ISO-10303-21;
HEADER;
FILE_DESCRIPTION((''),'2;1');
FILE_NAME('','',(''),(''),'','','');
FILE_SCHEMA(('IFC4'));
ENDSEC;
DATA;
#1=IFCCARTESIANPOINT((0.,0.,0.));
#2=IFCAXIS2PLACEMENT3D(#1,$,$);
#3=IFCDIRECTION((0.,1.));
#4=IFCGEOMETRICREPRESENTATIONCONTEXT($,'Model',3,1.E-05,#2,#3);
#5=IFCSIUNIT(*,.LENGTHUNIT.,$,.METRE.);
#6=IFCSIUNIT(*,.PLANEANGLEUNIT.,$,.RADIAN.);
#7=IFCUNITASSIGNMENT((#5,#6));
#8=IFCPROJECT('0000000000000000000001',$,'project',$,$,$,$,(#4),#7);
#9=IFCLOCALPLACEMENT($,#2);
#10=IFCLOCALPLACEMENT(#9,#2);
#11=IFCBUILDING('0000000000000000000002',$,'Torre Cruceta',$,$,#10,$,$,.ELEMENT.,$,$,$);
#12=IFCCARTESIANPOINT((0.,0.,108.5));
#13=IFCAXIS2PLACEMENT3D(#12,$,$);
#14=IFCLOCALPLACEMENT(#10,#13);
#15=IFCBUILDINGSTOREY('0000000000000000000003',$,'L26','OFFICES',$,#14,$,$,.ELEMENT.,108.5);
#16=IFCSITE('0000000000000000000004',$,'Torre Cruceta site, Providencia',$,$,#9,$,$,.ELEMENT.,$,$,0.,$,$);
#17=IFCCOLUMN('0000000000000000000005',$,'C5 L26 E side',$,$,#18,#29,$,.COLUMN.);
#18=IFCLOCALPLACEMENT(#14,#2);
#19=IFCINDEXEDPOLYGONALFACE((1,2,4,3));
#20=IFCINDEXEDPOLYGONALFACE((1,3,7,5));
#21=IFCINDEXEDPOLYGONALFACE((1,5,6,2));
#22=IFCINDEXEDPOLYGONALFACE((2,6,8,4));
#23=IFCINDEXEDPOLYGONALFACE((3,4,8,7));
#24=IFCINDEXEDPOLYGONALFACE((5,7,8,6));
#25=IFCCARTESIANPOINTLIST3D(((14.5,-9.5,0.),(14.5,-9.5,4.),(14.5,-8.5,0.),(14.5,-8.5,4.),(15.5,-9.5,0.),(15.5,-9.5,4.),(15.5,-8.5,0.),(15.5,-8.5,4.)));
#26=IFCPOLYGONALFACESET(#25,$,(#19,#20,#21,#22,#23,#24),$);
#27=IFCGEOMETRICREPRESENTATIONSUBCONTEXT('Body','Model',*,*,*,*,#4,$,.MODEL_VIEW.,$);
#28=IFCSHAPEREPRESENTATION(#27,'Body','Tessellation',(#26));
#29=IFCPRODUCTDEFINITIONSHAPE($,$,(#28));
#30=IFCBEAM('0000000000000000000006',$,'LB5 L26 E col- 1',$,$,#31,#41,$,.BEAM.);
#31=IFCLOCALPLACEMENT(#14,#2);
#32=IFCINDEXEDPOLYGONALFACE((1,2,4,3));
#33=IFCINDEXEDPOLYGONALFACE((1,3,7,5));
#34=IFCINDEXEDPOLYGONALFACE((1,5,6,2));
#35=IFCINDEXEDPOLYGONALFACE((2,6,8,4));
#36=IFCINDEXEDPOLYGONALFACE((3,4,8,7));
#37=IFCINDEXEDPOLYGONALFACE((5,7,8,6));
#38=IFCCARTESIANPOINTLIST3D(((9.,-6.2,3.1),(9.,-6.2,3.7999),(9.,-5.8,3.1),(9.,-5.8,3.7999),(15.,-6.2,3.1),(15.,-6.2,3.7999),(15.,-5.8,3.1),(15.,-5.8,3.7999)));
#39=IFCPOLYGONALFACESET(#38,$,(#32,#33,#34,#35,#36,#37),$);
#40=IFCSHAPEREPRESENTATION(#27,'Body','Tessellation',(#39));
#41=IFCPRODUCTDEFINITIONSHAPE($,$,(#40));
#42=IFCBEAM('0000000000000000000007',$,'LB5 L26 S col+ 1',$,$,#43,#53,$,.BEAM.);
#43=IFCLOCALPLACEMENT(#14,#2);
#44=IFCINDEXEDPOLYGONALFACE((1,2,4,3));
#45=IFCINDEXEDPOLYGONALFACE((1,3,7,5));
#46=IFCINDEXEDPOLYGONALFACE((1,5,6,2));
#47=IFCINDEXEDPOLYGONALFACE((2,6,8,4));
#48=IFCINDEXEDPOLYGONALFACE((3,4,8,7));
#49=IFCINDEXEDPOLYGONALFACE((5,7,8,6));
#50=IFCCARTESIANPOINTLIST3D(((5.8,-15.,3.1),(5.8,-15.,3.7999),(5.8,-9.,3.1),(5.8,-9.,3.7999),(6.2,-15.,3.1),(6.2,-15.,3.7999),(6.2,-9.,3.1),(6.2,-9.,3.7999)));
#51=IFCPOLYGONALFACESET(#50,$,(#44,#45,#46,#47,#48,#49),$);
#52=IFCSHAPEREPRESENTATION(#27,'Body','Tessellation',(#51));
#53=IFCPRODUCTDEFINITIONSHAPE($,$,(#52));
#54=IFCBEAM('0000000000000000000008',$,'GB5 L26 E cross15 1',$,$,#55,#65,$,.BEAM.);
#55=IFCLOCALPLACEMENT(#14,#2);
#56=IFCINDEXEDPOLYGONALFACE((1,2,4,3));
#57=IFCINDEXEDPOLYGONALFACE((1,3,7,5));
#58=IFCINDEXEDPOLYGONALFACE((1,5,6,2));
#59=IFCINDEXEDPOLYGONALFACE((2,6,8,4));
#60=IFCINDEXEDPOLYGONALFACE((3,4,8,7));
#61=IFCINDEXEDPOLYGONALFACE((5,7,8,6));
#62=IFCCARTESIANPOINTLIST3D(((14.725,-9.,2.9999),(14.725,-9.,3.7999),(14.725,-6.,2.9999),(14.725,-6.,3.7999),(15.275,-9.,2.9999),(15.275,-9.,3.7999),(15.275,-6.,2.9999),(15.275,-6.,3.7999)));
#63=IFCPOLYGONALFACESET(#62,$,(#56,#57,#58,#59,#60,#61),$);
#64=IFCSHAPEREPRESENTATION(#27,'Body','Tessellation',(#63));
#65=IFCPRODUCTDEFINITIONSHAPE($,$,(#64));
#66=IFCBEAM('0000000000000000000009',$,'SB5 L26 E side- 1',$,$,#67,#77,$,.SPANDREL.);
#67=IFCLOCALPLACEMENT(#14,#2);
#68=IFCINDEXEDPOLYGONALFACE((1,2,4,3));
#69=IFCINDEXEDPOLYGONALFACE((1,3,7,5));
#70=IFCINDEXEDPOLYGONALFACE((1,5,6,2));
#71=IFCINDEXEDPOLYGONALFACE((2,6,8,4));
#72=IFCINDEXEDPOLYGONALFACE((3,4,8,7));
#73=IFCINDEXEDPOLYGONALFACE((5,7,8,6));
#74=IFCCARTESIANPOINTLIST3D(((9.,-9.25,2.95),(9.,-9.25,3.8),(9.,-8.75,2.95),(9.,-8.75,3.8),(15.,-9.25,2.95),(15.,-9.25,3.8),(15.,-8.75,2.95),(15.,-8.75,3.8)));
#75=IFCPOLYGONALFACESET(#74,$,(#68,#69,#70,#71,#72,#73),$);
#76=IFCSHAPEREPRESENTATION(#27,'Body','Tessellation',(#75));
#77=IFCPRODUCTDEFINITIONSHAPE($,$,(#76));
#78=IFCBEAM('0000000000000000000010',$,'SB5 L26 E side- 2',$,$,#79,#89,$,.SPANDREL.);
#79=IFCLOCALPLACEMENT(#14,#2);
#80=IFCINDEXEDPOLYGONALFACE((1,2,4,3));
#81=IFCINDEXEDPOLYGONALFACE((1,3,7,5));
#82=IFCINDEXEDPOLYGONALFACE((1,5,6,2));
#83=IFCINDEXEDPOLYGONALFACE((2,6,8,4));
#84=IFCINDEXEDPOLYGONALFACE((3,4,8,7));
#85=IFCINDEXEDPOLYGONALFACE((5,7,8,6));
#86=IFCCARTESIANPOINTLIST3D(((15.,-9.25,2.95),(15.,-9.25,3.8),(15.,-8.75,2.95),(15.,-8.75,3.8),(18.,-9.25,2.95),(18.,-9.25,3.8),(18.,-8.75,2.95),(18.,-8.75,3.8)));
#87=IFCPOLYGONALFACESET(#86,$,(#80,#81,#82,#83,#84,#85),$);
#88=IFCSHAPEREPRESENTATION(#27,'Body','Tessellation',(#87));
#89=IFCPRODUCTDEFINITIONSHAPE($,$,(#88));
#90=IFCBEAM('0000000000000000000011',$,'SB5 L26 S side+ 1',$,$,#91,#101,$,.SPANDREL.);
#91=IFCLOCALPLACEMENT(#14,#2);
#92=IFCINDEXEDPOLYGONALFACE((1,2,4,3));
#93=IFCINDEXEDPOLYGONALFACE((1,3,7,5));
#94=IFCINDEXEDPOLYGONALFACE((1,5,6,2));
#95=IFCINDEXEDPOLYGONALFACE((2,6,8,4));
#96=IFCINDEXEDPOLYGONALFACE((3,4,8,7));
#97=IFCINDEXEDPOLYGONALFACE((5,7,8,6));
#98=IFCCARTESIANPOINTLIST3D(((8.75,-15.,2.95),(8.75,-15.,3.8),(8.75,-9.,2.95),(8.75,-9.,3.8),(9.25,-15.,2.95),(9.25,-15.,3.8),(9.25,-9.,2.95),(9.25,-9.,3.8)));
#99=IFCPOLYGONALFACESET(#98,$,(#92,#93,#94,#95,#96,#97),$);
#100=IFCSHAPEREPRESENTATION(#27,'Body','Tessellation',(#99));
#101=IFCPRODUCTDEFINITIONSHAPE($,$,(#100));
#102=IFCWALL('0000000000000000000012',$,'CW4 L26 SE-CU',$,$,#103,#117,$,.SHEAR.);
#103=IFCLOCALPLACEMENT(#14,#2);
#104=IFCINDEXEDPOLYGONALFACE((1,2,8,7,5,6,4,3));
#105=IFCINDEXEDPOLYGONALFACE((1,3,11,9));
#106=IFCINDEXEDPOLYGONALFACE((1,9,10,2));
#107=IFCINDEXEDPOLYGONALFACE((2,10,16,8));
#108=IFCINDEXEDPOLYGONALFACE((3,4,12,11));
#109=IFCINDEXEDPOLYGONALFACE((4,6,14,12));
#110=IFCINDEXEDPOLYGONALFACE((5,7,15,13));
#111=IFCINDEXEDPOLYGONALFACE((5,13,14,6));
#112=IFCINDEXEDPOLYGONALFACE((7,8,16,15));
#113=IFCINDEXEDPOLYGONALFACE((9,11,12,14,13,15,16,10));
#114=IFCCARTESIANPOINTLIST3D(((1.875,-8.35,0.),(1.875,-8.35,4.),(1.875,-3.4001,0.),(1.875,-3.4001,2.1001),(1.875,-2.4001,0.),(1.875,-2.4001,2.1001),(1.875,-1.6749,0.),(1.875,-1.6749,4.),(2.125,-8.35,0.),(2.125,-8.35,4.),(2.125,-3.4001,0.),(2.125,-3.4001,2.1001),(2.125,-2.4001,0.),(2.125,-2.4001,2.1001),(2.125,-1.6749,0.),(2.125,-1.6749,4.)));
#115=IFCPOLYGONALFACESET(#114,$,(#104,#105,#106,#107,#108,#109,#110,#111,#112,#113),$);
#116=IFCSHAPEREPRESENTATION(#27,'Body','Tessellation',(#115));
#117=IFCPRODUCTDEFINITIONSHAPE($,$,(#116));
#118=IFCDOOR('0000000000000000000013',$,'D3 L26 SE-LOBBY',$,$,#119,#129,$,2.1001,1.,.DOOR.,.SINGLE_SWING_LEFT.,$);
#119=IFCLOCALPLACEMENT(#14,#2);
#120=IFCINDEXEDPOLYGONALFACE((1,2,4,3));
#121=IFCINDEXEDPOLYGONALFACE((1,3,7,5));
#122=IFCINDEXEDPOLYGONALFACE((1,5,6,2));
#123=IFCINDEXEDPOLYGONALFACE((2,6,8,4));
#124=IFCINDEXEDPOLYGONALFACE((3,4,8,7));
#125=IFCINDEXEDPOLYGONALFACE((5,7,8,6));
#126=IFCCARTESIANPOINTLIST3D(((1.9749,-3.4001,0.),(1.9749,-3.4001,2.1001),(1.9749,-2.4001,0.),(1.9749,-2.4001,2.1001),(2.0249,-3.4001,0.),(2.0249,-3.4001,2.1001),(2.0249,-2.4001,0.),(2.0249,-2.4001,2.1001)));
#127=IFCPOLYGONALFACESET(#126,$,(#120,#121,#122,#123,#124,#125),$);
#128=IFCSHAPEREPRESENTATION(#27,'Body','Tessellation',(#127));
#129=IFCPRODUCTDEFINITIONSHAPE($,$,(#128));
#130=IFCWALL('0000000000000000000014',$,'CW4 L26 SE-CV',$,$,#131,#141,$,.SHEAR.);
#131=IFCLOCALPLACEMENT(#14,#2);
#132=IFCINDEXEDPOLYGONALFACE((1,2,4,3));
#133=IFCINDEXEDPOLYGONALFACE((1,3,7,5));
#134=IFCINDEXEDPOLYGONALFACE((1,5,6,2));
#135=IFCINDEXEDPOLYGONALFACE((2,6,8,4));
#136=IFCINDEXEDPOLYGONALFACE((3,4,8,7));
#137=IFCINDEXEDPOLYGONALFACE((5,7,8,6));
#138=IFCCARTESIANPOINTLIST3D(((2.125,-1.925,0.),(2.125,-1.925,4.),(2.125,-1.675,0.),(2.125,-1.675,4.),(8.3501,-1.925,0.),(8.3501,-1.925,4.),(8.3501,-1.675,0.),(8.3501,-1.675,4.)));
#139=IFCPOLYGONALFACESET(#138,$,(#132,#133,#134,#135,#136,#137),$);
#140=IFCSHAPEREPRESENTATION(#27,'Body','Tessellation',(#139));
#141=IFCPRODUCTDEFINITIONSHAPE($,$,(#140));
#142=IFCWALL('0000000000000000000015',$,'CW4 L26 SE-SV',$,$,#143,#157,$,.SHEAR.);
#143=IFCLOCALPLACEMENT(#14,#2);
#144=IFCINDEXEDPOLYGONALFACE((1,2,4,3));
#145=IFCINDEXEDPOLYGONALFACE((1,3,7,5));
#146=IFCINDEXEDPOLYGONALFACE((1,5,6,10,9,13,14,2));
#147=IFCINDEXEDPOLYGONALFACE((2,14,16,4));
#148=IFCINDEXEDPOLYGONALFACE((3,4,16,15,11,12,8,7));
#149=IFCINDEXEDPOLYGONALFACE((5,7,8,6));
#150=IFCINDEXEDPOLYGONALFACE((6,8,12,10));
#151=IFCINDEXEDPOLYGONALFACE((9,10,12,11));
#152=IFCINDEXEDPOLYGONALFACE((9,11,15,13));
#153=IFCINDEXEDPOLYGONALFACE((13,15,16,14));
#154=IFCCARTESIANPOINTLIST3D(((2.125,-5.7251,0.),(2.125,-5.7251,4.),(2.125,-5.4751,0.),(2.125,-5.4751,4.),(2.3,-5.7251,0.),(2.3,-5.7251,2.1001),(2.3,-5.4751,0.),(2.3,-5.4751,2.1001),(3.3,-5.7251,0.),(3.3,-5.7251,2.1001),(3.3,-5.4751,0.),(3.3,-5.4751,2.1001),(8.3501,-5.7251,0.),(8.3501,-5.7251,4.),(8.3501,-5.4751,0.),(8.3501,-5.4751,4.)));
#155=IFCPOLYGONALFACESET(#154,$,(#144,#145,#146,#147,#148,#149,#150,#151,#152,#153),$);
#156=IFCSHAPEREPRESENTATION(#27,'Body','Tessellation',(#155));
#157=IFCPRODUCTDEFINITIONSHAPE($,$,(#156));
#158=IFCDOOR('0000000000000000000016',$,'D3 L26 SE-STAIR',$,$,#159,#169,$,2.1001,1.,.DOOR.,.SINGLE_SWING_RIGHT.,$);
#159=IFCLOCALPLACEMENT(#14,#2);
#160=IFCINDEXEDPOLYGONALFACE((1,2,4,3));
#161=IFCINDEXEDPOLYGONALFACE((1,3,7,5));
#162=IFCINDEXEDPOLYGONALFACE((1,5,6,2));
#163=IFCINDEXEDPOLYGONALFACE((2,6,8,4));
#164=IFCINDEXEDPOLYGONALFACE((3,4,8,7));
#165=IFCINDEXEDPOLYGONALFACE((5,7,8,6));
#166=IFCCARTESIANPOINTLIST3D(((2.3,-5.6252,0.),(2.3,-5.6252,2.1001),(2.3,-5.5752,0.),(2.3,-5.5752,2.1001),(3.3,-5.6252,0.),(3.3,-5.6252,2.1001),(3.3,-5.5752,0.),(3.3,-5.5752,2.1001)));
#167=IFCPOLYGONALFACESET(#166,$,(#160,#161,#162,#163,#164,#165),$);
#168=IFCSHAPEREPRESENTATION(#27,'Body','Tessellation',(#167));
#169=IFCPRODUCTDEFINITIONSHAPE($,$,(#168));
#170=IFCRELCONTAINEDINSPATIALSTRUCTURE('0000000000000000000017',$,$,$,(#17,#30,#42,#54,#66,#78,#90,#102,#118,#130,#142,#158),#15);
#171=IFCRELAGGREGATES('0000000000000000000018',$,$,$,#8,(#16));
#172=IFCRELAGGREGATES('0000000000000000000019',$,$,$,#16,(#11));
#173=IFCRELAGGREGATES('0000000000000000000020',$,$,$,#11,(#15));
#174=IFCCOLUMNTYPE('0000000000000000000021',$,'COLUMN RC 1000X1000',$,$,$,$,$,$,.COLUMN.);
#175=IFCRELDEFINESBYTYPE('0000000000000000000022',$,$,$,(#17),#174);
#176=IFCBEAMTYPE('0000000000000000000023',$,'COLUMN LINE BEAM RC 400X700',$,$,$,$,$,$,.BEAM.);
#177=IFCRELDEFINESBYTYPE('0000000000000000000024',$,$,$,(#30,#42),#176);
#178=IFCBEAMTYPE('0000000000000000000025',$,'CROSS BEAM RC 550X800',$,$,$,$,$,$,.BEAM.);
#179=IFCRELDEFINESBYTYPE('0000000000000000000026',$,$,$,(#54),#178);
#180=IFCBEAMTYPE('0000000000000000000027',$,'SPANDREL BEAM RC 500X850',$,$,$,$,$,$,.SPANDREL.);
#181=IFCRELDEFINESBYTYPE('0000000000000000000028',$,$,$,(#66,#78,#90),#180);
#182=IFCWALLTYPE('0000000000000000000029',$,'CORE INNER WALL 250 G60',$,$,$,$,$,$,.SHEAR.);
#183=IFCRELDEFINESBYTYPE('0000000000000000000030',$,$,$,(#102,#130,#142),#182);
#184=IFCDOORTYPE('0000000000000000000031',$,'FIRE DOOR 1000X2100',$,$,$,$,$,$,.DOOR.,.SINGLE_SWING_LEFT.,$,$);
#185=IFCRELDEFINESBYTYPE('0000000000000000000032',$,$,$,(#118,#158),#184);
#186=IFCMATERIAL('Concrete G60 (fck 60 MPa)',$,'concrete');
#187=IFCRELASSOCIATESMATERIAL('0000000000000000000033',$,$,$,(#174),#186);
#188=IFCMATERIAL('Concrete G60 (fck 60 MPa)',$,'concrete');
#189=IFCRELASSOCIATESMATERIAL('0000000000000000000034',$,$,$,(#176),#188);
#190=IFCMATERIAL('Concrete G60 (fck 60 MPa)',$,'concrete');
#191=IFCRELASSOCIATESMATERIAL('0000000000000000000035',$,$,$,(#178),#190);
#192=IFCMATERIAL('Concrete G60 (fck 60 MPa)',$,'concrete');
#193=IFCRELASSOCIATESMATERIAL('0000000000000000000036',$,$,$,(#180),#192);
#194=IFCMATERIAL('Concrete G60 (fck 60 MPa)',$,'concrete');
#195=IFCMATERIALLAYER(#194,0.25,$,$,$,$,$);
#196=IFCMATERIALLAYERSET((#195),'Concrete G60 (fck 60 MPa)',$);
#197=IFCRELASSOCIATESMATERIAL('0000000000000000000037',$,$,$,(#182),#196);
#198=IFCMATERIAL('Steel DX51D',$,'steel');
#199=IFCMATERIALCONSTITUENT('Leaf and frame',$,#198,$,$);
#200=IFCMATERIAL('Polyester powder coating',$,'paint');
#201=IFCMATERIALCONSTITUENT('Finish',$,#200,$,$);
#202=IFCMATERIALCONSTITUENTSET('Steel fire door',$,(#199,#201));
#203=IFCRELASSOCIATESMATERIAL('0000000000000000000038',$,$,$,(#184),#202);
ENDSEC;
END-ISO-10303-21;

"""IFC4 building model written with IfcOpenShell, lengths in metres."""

from ifc_helpers import new_model, si_unit, direction, frame, frame_2d, origin, origin_2d, place, context, subcontext, project, spatial, rectangle, extrude, material, layer, layer_set, constituent, constituent_set, material_profile, profile_set, type_object, element, fill, save


model = new_model("IFC4")

# Units and contexts
model_context = context("Model", 3, precision=1e-05, world=origin(), true_north=direction((0.0, 1.0)))
body_context = subcontext(model_context, "Body", "Model", "MODEL_VIEW")
ifc_project = project(units=[si_unit("LENGTHUNIT", "METRE"), si_unit("PLANEANGLEUNIT", "RADIAN")], contexts=[model_context])

# Site, building, storey
site_placement = place(None, origin())
site = spatial("IfcSite", under=ifc_project, at=site_placement, Name="Torre Cruceta site, Providencia", CompositionType="ELEMENT", RefElevation=0.0)
building_placement = place(site_placement, origin())
building = spatial("IfcBuilding", under=site, at=building_placement, Name="Torre Cruceta", CompositionType="ELEMENT")
storey_placement = place(building_placement, frame((0.0, 0.0, 108.5)))
storey = spatial("IfcBuildingStorey", under=building, at=storey_placement, Name="L26", Description="OFFICES", CompositionType="ELEMENT", Elevation=108.5)

# Column
ifc_material_1 = material(Name="Concrete G60 (fck 60 MPa)", Category="concrete")
ifc_material_profile_1 = material_profile(ifc_material_1, rectangle(XDim=1.0, YDim=1.0, at=origin_2d()), Name="RC 1000X1000")
ifc_profile_set_1 = profile_set([ifc_material_profile_1], Name="Concrete G60 (fck 60 MPa)")
column_type = type_object("IfcColumnType", Name="COLUMN RC 1000X1000", PredefinedType="COLUMN", material=ifc_profile_set_1)
column_placement = place(storey_placement, frame((15.0, -9.0, 0.0), z_axis=(0.0, 0.0, 1.0), x_axis=(1.0, 0.0, 0.0)))
element("IfcColumn", 1, at=column_placement, inside=storey, type_object=column_type, Name="C5 L26 E side", PredefinedType="COLUMN", context=body_context, shape_type="SweptSolid", body=[
    extrude(rectangle(XDim=1.0, YDim=1.0, at=origin_2d()), origin(), (0.0, 0.0, 1.0), 4.0),
])

# Beams
ifc_material_2 = material(Name="Concrete G60 (fck 60 MPa)", Category="concrete")
ifc_material_profile_2 = material_profile(ifc_material_2, rectangle(XDim=0.3999, YDim=0.7, at=origin_2d()), Name="RC 400X700")
ifc_profile_set_2 = profile_set([ifc_material_profile_2], Name="Concrete G60 (fck 60 MPa)")
beam_type_1 = type_object("IfcBeamType", Name="COLUMN LINE BEAM RC 400X700", PredefinedType="BEAM", material=ifc_profile_set_2)
for number, where, z_axis, x_axis, name in (
    (2, (9.0, -6.0, 3.45), (1.0, 0.0, 0.0), (0.0, 1.0, 0.0), "LB5 L26 E col- 1"),
    (3, (6.0, -9.0, 3.45), (0.0, -1.0, 0.0), (1.0, 0.0, 0.0), "LB5 L26 S col+ 1"),
):
    element("IfcBeam", number, at=place(storey_placement, frame(where, z_axis=z_axis, x_axis=x_axis)), inside=storey, type_object=beam_type_1, Name=name, PredefinedType="BEAM", context=body_context, shape_type="SweptSolid", body=[
        extrude(rectangle(XDim=0.3999, YDim=0.7, at=origin_2d()), origin(), (0.0, 0.0, 1.0), 6.0),
    ])
ifc_material_3 = material(Name="Concrete G60 (fck 60 MPa)", Category="concrete")
ifc_material_profile_3 = material_profile(ifc_material_3, rectangle(XDim=0.55, YDim=0.8, at=origin_2d()), Name="RC 550X800")
ifc_profile_set_3 = profile_set([ifc_material_profile_3], Name="Concrete G60 (fck 60 MPa)")
beam_type_2 = type_object("IfcBeamType", Name="CROSS BEAM RC 550X800", PredefinedType="BEAM", material=ifc_profile_set_3)
beam_1_placement = place(storey_placement, frame((15.0, -9.0, 3.3999), z_axis=(0.0, 1.0, 0.0), x_axis=(-1.0, 0.0, 0.0)))
element("IfcBeam", 4, at=beam_1_placement, inside=storey, type_object=beam_type_2, Name="GB5 L26 E cross15 1", PredefinedType="BEAM", context=body_context, shape_type="SweptSolid", body=[
    extrude(rectangle(XDim=0.55, YDim=0.8, at=origin_2d()), origin(), (0.0, 0.0, 1.0), 3.0),
])
ifc_material_4 = material(Name="Concrete G60 (fck 60 MPa)", Category="concrete")
ifc_material_profile_4 = material_profile(ifc_material_4, rectangle(XDim=0.5, YDim=0.8501, at=origin_2d()), Name="RC 500X850")
ifc_profile_set_4 = profile_set([ifc_material_profile_4], Name="Concrete G60 (fck 60 MPa)")
beam_type_3 = type_object("IfcBeamType", Name="SPANDREL BEAM RC 500X850", PredefinedType="SPANDREL", material=ifc_profile_set_4)
beam_2_placement = place(storey_placement, frame((9.0, -9.0, 3.375), z_axis=(1.0, 0.0, 0.0), x_axis=(0.0, 1.0, 0.0)))
element("IfcBeam", 5, at=beam_2_placement, inside=storey, type_object=beam_type_3, Name="SB5 L26 E side- 1", PredefinedType="SPANDREL", context=body_context, shape_type="SweptSolid", body=[
    extrude(rectangle(XDim=0.5, YDim=0.8501, at=origin_2d()), origin(), (0.0, 0.0, 1.0), 6.0),
])
beam_3_placement = place(storey_placement, frame((15.0, -9.0, 3.375), z_axis=(1.0, 0.0, 0.0), x_axis=(0.0, 1.0, 0.0)))
element("IfcBeam", 6, at=beam_3_placement, inside=storey, type_object=beam_type_3, Name="SB5 L26 E side- 2", PredefinedType="SPANDREL", context=body_context, shape_type="SweptSolid", body=[
    extrude(rectangle(XDim=0.5, YDim=0.8501, at=origin_2d()), origin(), (0.0, 0.0, 1.0), 3.0),
])
beam_4_placement = place(storey_placement, frame((9.0, -9.0, 3.375), z_axis=(0.0, -1.0, 0.0), x_axis=(1.0, 0.0, 0.0)))
element("IfcBeam", 7, at=beam_4_placement, inside=storey, type_object=beam_type_3, Name="SB5 L26 S side+ 1", PredefinedType="SPANDREL", context=body_context, shape_type="SweptSolid", body=[
    extrude(rectangle(XDim=0.5, YDim=0.8501, at=origin_2d()), origin(), (0.0, 0.0, 1.0), 6.0),
])

# Wall, opening, door
ifc_material_5 = material(Name="Concrete G60 (fck 60 MPa)", Category="concrete")
ifc_layer_1 = layer(ifc_material_5, 0.25)
ifc_layer_set_1 = layer_set([ifc_layer_1], Name="Concrete G60 (fck 60 MPa)")
wall_type_1 = type_object("IfcWallType", Name="CORE INNER WALL 250 G60", PredefinedType="SHEAR", material=ifc_layer_set_1)
wall_1_placement = place(storey_placement, frame((2.0, -1.675, 0.0), z_axis=(0.0, 0.0, 1.0), x_axis=(0.0, -1.0, 0.0)))
wall_1 = element("IfcWall", 8, at=wall_1_placement, inside=storey, type_object=wall_type_1, Name="CW4 L26 SE-CU", PredefinedType="SHEAR", context=body_context, shape_type="SweptSolid", body=[
    extrude(rectangle(XDim=6.675, YDim=0.25, at=frame_2d((3.3374, 0.0))), origin(), (0.0, 0.0, 1.0), 4.0),
])
opening_1_placement = place(wall_1_placement, frame((0.7251, 0.0, 0.0)))
opening_1 = element("IfcOpeningElement", 9, at=opening_1_placement, cuts=wall_1, PredefinedType="OPENING", context=body_context, shape_type="SweptSolid", body=[
    extrude(rectangle(XDim=1.0, YDim=2.1001, at=frame_2d((0.5, 1.05))), frame((0.0, 0.135, 0.0), z_axis=(0.0, -1.0, 0.0), x_axis=(1.0, 0.0, 0.0)), (0.0, 0.0, 1.0), 0.27),
])
ifc_material_6 = material(Name="Steel DX51D", Category="steel")
ifc_constituent_1 = constituent(ifc_material_6, Name="Leaf and frame")
ifc_material_7 = material(Name="Polyester powder coating", Category="paint")
ifc_constituent_2 = constituent(ifc_material_7, Name="Finish")
ifc_constituent_set_1 = constituent_set(constituents=[ifc_constituent_1, ifc_constituent_2], Name="Steel fire door")
door_type_1 = type_object("IfcDoorType", Name="FIRE DOOR 1000X2100", OperationType="SINGLE_SWING_LEFT", PredefinedType="DOOR", material=ifc_constituent_set_1)
door_1_placement = place(opening_1_placement, origin())
door_1 = element("IfcDoor", 10, at=door_1_placement, inside=storey, type_object=door_type_1, Name="D3 L26 SE-LOBBY", OperationType="SINGLE_SWING_LEFT", OverallHeight=2.1001, OverallWidth=1.0, PredefinedType="DOOR", context=body_context, shape_type="SweptSolid", body=[
    extrude(rectangle(XDim=1.0, YDim=2.1001, at=frame_2d((0.5, 1.05))), frame((0.0, 0.0249, 0.0), z_axis=(0.0, -1.0, 0.0), x_axis=(1.0, 0.0, 0.0)), (0.0, 0.0, 1.0), 0.05),
])
fill(opening_1, door_1)

# Wall
wall_2_placement = place(storey_placement, frame((2.125, -1.8, 0.0), z_axis=(0.0, 0.0, 1.0), x_axis=(1.0, 0.0, 0.0)))
element("IfcWall", 11, at=wall_2_placement, inside=storey, type_object=wall_type_1, Name="CW4 L26 SE-CV", PredefinedType="SHEAR", context=body_context, shape_type="SweptSolid", body=[
    extrude(rectangle(XDim=6.2251, YDim=0.25, at=frame_2d((3.1125, 0.0))), origin(), (0.0, 0.0, 1.0), 4.0),
])

# Wall, opening, door
wall_3_placement = place(storey_placement, frame((2.125, -5.6001, 0.0), z_axis=(0.0, 0.0, 1.0), x_axis=(1.0, 0.0, 0.0)))
wall_3 = element("IfcWall", 12, at=wall_3_placement, inside=storey, type_object=wall_type_1, Name="CW4 L26 SE-SV", PredefinedType="SHEAR", context=body_context, shape_type="SweptSolid", body=[
    extrude(rectangle(XDim=6.2251, YDim=0.25, at=frame_2d((3.1125, 0.0))), origin(), (0.0, 0.0, 1.0), 4.0),
])
opening_2_placement = place(wall_3_placement, frame((0.175, 0.0, 0.0)))
opening_2 = element("IfcOpeningElement", 13, at=opening_2_placement, cuts=wall_3, PredefinedType="OPENING", context=body_context, shape_type="SweptSolid", body=[
    extrude(rectangle(XDim=1.0, YDim=2.1001, at=frame_2d((0.5, 1.05))), frame((0.0, 0.135, 0.0), z_axis=(0.0, -1.0, 0.0), x_axis=(1.0, 0.0, 0.0)), (0.0, 0.0, 1.0), 0.27),
])
door_2_placement = place(opening_2_placement, frame((1.0, 0.0, 0.0), z_axis=(0.0, 0.0, 1.0), x_axis=(-1.0, 0.0, 0.0)))
door_2 = element("IfcDoor", 14, at=door_2_placement, inside=storey, type_object=door_type_1, Name="D3 L26 SE-STAIR", OperationType="SINGLE_SWING_RIGHT", OverallHeight=2.1001, OverallWidth=1.0, PredefinedType="DOOR", context=body_context, shape_type="SweptSolid", body=[
    extrude(rectangle(XDim=1.0, YDim=2.1001, at=frame_2d((0.5, 1.05))), frame((0.0, 0.0251, 0.0), z_axis=(0.0, -1.0, 0.0), x_axis=(1.0, 0.0, 0.0)), (0.0, 0.0, 1.0), 0.05),
])
fill(opening_2, door_2)

save(model, "model.ifc")
